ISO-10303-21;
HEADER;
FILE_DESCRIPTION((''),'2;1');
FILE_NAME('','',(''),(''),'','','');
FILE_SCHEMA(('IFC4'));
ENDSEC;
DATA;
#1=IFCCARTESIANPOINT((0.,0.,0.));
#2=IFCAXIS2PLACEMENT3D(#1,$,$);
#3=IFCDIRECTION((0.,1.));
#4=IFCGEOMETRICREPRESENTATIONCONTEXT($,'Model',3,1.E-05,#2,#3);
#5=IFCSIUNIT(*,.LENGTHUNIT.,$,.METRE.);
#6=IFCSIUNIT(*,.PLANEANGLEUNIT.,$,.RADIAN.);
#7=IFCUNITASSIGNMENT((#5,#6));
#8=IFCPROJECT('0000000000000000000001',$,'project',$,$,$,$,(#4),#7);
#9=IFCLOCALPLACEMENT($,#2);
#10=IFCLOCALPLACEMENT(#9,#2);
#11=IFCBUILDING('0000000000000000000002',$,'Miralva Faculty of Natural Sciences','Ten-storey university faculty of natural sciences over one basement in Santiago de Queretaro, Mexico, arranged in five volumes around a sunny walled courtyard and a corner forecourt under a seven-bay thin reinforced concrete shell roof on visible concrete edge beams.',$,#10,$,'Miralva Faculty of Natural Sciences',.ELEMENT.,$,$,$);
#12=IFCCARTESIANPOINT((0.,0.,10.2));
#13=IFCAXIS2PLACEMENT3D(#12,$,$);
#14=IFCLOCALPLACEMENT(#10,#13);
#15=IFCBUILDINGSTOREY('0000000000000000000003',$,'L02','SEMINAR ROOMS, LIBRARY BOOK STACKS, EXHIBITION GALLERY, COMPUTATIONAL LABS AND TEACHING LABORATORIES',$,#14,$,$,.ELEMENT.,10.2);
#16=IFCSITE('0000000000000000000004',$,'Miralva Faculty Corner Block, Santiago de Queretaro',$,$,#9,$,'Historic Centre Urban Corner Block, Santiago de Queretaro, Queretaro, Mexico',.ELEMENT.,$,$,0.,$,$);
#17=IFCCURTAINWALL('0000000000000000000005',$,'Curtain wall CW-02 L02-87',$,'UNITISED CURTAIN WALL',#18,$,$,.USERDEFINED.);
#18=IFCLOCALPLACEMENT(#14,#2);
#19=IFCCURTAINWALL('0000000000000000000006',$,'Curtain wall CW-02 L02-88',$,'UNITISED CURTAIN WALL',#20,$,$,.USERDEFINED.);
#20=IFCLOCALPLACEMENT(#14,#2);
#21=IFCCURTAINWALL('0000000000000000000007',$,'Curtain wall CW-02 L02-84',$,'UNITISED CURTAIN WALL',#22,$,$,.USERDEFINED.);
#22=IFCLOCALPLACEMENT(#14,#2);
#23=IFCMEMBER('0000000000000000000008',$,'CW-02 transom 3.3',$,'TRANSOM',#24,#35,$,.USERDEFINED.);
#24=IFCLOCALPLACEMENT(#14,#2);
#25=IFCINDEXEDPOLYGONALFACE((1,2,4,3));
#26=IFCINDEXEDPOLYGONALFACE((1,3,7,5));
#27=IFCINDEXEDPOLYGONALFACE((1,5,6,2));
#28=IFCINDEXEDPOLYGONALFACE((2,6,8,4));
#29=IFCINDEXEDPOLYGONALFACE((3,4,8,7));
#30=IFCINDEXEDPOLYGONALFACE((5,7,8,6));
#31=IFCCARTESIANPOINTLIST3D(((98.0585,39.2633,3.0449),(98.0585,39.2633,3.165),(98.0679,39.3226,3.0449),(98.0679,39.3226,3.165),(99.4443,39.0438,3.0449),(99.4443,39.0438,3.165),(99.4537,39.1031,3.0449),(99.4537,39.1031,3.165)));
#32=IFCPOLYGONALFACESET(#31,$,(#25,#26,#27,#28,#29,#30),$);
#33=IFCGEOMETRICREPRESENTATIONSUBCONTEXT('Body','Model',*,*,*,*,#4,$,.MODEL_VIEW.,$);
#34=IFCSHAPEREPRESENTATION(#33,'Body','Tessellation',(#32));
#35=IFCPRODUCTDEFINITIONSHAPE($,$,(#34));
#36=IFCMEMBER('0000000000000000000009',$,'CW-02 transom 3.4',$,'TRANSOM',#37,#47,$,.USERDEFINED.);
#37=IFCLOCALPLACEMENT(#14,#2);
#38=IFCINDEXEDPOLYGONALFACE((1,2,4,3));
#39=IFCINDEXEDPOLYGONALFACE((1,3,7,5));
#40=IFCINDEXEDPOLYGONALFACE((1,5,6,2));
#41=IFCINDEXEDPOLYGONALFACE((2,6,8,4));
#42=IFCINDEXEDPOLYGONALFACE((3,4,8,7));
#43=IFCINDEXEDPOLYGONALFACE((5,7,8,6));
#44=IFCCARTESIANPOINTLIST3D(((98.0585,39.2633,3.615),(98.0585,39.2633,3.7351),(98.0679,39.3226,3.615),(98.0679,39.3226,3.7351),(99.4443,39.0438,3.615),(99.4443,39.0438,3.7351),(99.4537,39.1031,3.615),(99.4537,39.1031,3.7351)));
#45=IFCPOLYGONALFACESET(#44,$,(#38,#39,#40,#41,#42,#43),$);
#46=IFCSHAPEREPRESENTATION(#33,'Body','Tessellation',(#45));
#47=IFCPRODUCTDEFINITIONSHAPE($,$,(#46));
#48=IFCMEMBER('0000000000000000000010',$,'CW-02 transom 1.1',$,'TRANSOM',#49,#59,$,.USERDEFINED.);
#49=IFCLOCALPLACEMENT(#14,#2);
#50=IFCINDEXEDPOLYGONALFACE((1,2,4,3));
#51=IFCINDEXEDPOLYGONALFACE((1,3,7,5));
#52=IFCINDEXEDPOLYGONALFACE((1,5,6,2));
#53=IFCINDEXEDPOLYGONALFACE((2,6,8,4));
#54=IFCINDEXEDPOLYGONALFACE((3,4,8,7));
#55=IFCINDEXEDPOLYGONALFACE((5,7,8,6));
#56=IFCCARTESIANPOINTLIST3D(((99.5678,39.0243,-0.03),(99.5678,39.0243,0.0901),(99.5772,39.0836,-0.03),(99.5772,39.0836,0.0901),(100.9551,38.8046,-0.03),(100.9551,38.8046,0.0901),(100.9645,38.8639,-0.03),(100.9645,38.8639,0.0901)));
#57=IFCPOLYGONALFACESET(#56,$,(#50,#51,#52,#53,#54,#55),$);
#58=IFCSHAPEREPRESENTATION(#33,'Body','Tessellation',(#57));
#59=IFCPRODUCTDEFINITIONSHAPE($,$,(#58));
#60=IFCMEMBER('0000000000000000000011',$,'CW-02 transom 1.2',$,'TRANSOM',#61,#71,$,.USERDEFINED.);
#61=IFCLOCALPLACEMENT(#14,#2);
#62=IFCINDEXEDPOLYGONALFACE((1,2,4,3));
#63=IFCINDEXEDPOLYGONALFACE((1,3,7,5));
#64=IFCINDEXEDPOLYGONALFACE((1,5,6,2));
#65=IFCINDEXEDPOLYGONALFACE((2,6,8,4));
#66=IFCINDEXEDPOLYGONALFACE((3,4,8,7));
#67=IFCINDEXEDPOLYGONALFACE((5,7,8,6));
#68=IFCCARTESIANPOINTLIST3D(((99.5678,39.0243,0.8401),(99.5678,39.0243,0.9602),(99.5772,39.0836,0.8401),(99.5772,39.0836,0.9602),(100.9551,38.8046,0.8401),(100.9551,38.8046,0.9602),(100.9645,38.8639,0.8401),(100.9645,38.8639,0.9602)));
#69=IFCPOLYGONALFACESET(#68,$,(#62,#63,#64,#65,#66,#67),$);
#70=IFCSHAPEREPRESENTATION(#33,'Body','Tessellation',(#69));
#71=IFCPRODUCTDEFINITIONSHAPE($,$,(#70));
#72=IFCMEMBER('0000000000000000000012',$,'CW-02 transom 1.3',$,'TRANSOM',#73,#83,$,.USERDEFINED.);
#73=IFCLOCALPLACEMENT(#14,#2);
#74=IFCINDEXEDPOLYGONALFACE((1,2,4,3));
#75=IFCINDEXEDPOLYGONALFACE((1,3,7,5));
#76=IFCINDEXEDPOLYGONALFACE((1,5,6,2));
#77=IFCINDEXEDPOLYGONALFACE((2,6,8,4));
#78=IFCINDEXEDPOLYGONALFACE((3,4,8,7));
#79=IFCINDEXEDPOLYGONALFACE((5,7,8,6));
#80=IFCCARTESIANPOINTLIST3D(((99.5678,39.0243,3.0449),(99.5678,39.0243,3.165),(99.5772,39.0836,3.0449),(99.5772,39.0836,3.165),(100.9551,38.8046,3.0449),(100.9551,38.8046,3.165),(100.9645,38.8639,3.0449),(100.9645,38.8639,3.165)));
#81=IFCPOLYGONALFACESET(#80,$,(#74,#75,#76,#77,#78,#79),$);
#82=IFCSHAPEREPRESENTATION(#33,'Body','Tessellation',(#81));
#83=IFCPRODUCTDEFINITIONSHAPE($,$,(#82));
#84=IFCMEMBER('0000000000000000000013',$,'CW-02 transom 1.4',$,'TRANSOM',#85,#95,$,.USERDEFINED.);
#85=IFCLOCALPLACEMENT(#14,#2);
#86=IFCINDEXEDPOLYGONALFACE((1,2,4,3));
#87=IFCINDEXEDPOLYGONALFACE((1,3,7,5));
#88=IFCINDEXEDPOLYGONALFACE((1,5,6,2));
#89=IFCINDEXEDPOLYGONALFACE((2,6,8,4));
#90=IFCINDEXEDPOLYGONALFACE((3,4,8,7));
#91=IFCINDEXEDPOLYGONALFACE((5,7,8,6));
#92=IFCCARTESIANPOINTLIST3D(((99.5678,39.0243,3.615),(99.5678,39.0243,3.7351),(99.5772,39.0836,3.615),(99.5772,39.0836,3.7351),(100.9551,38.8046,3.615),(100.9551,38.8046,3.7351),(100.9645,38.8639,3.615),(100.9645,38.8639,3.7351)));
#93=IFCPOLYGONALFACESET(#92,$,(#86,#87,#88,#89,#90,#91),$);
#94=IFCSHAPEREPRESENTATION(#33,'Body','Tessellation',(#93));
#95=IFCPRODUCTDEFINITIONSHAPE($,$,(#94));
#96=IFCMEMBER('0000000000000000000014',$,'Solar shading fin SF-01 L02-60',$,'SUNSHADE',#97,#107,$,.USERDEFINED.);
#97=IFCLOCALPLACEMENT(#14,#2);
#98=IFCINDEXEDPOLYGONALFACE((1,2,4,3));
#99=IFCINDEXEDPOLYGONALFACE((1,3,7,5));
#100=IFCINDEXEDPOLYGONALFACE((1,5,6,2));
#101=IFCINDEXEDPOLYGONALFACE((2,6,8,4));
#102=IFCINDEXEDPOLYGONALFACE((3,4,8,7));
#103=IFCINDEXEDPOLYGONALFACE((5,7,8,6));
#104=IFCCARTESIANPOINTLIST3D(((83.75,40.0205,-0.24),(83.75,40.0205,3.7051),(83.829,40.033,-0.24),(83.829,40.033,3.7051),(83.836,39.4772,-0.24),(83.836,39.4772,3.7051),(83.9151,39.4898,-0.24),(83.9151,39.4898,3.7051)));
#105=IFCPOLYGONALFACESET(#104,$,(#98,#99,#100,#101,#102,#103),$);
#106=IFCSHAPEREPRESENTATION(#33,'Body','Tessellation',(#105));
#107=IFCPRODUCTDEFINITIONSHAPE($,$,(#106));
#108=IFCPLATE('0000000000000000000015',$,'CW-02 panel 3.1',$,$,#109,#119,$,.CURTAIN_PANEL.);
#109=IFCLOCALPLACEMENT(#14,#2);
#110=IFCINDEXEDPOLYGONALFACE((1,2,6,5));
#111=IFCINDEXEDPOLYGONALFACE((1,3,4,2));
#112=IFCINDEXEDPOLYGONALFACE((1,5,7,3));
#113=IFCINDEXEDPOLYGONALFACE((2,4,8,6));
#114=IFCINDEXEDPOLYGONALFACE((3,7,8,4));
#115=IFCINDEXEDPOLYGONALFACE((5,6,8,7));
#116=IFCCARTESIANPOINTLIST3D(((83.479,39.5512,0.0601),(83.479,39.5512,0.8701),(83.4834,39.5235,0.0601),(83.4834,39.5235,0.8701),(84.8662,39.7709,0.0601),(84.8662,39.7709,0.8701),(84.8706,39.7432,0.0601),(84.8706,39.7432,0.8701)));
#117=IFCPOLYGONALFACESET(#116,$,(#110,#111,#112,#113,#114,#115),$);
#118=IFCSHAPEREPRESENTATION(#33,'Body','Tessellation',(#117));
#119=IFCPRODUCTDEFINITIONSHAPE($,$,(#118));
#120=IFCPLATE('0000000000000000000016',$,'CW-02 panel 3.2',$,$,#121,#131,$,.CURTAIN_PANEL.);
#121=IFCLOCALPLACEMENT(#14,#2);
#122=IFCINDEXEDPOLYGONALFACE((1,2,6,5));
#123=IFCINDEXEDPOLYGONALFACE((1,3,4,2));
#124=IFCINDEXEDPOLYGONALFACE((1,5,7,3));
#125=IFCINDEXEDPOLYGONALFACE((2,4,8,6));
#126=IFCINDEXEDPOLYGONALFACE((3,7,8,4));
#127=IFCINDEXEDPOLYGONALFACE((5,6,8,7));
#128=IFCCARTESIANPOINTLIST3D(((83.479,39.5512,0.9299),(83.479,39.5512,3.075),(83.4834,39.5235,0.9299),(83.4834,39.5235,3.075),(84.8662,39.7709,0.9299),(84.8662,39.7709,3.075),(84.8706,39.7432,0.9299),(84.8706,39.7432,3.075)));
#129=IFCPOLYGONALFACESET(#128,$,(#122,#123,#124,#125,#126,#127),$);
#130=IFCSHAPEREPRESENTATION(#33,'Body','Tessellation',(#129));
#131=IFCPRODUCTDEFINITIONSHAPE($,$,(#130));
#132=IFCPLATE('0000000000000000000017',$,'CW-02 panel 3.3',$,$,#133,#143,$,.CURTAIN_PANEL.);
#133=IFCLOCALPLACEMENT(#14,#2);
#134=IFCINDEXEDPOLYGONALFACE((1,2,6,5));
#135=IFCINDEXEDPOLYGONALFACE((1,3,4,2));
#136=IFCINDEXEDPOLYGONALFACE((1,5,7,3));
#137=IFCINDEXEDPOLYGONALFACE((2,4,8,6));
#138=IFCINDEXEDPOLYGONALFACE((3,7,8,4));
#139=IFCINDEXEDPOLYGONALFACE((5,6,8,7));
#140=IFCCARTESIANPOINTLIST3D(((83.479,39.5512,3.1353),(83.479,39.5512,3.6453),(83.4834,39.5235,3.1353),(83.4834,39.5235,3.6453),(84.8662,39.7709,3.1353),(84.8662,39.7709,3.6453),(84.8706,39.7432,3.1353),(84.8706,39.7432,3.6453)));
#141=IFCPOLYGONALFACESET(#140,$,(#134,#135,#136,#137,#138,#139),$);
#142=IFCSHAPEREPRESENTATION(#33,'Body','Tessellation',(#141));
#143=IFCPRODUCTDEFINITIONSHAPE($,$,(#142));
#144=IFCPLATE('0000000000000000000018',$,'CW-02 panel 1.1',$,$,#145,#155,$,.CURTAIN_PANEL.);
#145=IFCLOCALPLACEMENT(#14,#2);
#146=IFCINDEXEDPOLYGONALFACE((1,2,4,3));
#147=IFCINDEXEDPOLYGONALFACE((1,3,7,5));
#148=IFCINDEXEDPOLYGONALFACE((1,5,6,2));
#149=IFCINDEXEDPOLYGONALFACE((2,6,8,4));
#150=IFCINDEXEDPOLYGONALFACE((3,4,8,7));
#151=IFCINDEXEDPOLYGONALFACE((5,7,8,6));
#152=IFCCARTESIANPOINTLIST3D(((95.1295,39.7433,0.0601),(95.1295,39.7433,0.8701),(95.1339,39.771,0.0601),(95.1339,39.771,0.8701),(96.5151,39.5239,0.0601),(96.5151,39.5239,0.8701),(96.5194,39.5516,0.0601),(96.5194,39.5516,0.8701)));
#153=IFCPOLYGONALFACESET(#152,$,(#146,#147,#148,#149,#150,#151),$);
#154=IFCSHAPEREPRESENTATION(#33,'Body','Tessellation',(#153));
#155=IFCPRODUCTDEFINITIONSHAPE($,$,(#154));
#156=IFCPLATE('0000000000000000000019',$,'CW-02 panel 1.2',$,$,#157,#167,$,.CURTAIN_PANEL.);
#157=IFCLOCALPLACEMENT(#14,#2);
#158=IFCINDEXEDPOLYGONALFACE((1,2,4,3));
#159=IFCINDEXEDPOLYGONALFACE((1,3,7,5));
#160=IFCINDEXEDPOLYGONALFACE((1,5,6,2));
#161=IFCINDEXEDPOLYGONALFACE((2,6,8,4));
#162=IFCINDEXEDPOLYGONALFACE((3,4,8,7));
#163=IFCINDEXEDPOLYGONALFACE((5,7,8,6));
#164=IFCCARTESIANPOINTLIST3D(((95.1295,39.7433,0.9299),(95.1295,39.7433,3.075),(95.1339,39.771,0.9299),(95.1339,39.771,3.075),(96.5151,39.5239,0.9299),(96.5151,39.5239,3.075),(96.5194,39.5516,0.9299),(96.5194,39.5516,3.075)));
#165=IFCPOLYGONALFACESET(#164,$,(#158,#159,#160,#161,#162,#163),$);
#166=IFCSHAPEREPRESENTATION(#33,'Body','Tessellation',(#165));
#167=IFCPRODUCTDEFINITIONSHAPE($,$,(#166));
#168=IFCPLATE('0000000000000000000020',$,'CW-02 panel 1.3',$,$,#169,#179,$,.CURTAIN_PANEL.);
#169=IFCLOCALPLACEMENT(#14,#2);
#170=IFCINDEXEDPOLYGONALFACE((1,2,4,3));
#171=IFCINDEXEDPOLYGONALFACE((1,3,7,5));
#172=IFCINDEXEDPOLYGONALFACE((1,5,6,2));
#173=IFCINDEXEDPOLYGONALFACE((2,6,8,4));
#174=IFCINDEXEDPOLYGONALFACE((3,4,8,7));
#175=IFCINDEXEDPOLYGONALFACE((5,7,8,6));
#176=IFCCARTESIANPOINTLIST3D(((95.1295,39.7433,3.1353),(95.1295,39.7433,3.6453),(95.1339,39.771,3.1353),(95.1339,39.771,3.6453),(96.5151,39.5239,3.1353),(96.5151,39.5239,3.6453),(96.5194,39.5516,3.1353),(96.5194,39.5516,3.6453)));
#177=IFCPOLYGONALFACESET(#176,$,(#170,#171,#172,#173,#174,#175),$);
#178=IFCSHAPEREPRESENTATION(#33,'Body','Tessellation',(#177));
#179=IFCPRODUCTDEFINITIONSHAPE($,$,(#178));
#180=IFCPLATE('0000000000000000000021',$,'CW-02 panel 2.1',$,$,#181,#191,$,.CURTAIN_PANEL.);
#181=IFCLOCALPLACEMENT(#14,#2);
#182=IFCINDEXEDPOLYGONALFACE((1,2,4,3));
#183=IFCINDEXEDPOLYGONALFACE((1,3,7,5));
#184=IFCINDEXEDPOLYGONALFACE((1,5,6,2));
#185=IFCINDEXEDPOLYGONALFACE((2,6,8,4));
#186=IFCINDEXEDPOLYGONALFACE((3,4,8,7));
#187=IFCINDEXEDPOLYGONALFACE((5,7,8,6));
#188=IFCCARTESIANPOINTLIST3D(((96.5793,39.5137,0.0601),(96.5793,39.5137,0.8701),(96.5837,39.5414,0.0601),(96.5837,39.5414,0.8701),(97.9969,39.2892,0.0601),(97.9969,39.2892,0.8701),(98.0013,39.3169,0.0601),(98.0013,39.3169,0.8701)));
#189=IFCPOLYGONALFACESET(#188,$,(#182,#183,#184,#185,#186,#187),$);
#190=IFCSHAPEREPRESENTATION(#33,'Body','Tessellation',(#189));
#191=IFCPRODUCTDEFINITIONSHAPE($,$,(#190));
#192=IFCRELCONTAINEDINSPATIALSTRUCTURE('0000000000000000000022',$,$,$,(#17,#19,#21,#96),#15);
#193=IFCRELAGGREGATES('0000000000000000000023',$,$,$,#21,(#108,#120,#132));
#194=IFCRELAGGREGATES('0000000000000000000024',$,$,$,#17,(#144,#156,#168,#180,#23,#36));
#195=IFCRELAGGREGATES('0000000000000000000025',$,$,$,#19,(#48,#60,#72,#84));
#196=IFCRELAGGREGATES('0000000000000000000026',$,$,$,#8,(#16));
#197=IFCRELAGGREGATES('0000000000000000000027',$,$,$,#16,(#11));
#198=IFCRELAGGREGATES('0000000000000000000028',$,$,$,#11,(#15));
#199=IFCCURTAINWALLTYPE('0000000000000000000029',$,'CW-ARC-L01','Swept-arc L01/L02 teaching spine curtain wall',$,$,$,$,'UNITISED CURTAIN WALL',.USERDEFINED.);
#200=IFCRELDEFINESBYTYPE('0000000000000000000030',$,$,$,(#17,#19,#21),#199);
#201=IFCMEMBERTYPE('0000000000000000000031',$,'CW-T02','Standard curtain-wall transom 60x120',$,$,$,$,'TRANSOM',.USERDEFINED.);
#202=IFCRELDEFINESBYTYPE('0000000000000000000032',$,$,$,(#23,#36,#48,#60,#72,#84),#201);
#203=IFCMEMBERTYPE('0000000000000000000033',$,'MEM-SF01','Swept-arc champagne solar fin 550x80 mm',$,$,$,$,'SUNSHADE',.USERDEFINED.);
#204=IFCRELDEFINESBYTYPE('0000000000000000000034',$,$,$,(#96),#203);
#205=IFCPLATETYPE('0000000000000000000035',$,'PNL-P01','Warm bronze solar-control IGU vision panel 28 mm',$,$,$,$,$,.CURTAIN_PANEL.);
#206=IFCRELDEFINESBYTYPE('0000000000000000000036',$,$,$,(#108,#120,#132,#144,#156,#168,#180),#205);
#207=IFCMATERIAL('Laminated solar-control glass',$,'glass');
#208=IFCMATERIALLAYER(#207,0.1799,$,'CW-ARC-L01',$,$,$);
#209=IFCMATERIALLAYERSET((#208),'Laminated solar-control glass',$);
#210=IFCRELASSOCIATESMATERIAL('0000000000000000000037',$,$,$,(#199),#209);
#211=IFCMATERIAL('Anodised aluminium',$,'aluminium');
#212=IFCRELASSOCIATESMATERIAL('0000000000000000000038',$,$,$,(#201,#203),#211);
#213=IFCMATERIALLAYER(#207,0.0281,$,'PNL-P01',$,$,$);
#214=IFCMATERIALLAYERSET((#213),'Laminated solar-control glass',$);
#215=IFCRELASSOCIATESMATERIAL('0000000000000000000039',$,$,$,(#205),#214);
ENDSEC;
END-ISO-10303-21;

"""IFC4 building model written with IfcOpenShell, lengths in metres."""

from ifc_helpers import new_model, si_unit, direction, frame, origin, origin_2d, place, context, subcontext, project, spatial, rectangle, extrude, material, layer, layer_set, material_profile, profile_set, type_object, element, aggregate, save


model = new_model("IFC4")

# Units and contexts
model_context = context("Model", 3, precision=1e-05, world=origin(), true_north=direction((0.0, 1.0)))
body_context = subcontext(model_context, "Body", "Model", "MODEL_VIEW")
ifc_project = project(units=[si_unit("LENGTHUNIT", "METRE"), si_unit("PLANEANGLEUNIT", "RADIAN")], contexts=[model_context])

# Site, building, storey
site_placement = place(None, origin())
site = spatial("IfcSite", under=ifc_project, at=site_placement, Name="Miralva Faculty Corner Block, Santiago de Queretaro", LongName="Historic Centre Urban Corner Block, Santiago de Queretaro, Queretaro, Mexico", CompositionType="ELEMENT", RefElevation=0.0)
building_placement = place(site_placement, origin())
building = spatial("IfcBuilding", under=site, at=building_placement, Name="Miralva Faculty of Natural Sciences", Description="Ten-storey university faculty of natural sciences over one basement in Santiago de Queretaro, Mexico, arranged in five volumes around a sunny walled courtyard and a corner forecourt under a seven-bay thin reinforced concrete shell roof on visible concrete edge beams.", LongName="Miralva Faculty of Natural Sciences", CompositionType="ELEMENT")
storey_placement = place(building_placement, frame((0.0, 0.0, 10.2)))
storey = spatial("IfcBuildingStorey", under=building, at=storey_placement, Name="L02", Description="SEMINAR ROOMS, LIBRARY BOOK STACKS, EXHIBITION GALLERY, COMPUTATIONAL LABS AND TEACHING LABORATORIES", CompositionType="ELEMENT", Elevation=10.2)

# Curtain wall
ifc_material_1 = material(Name="Laminated solar-control glass", Category="glass")
ifc_layer_1 = layer(ifc_material_1, 0.1799, Name="CW-ARC-L01")
ifc_layer_set_1 = layer_set([ifc_layer_1], Name="Laminated solar-control glass")
curtain_wall_type = type_object("IfcCurtainWallType", Name="CW-ARC-L01", Description="Swept-arc L01/L02 teaching spine curtain wall", ElementType="UNITISED CURTAIN WALL", PredefinedType="USERDEFINED", material=ifc_layer_set_1)
curtain_wall_1_placement = place(storey_placement, origin())
curtain_wall_1 = element("IfcCurtainWall", 1, at=curtain_wall_1_placement, inside=storey, type_object=curtain_wall_type, Name="Curtain wall CW-02 L02-87", ObjectType="UNITISED CURTAIN WALL", PredefinedType="USERDEFINED")
ifc_material_2 = material(Name="Anodised aluminium", Category="aluminium")

# Curtain walls
curtain_wall_2_placement = place(storey_placement, origin())
curtain_wall_2 = element("IfcCurtainWall", 2, at=curtain_wall_2_placement, inside=storey, type_object=curtain_wall_type, Name="Curtain wall CW-02 L02-88", ObjectType="UNITISED CURTAIN WALL", PredefinedType="USERDEFINED")
curtain_wall_3_placement = place(storey_placement, origin())
curtain_wall_3 = element("IfcCurtainWall", 3, at=curtain_wall_3_placement, inside=storey, type_object=curtain_wall_type, Name="Curtain wall CW-02 L02-84", ObjectType="UNITISED CURTAIN WALL", PredefinedType="USERDEFINED")
ifc_material_profile_1 = material_profile(ifc_material_2, rectangle(XDim=0.0601, YDim=0.1201, at=origin_2d()), Name="TRANSOM 60x120")
ifc_profile_set_1 = profile_set([ifc_material_profile_1], Name="Anodised aluminium")
member_type_1 = type_object("IfcMemberType", Name="CW-T02", Description="Standard curtain-wall transom 60x120", ElementType="TRANSOM", PredefinedType="USERDEFINED", material=ifc_profile_set_1)

# Members
member_1_placement = place(storey_placement, frame((98.0632, 39.293, 3.105), z_axis=(0.987688, -0.156436, 0.0), x_axis=(0.156436, 0.987688, 0.0)))
member_1 = element("IfcMember", 4, at=member_1_placement, type_object=member_type_1, Name="CW-02 transom 3.3", ObjectType="TRANSOM", PredefinedType="USERDEFINED", context=body_context, shape_type="SweptSolid", body=[
    extrude(rectangle(XDim=0.0601, YDim=0.1201, at=origin_2d()), origin(), (0.0, 0.0, 1.0), 1.4031),
])
member_2_placement = place(storey_placement, frame((98.0632, 39.293, 3.675), z_axis=(0.987688, -0.156436, 0.0), x_axis=(0.156436, 0.987688, 0.0)))
member_2 = element("IfcMember", 5, at=member_2_placement, type_object=member_type_1, Name="CW-02 transom 3.4", ObjectType="TRANSOM", PredefinedType="USERDEFINED", context=body_context, shape_type="SweptSolid", body=[
    extrude(rectangle(XDim=0.0601, YDim=0.1201, at=origin_2d()), origin(), (0.0, 0.0, 1.0), 1.4031),
])
member_3_placement = place(storey_placement, frame((99.5725, 39.054, 0.03), z_axis=(0.987687, -0.156445, 0.0), x_axis=(0.156445, 0.987687, 0.0)))
member_3 = element("IfcMember", 6, at=member_3_placement, type_object=member_type_1, Name="CW-02 transom 1.1", ObjectType="TRANSOM", PredefinedType="USERDEFINED", context=body_context, shape_type="SweptSolid", body=[
    extrude(rectangle(XDim=0.0601, YDim=0.1201, at=origin_2d()), origin(), (0.0, 0.0, 1.0), 1.4045),
])
member_4_placement = place(storey_placement, frame((99.5725, 39.054, 0.9001), z_axis=(0.987687, -0.156445, 0.0), x_axis=(0.156445, 0.987687, 0.0)))
member_4 = element("IfcMember", 7, at=member_4_placement, type_object=member_type_1, Name="CW-02 transom 1.2", ObjectType="TRANSOM", PredefinedType="USERDEFINED", context=body_context, shape_type="SweptSolid", body=[
    extrude(rectangle(XDim=0.0601, YDim=0.1201, at=origin_2d()), origin(), (0.0, 0.0, 1.0), 1.4045),
])
member_5_placement = place(storey_placement, frame((99.5725, 39.054, 3.105), z_axis=(0.987687, -0.156445, 0.0), x_axis=(0.156445, 0.987687, 0.0)))
member_5 = element("IfcMember", 8, at=member_5_placement, type_object=member_type_1, Name="CW-02 transom 1.3", ObjectType="TRANSOM", PredefinedType="USERDEFINED", context=body_context, shape_type="SweptSolid", body=[
    extrude(rectangle(XDim=0.0601, YDim=0.1201, at=origin_2d()), origin(), (0.0, 0.0, 1.0), 1.4045),
])
member_6_placement = place(storey_placement, frame((99.5725, 39.054, 3.675), z_axis=(0.987687, -0.156445, 0.0), x_axis=(0.156445, 0.987687, 0.0)))
member_6 = element("IfcMember", 9, at=member_6_placement, type_object=member_type_1, Name="CW-02 transom 1.4", ObjectType="TRANSOM", PredefinedType="USERDEFINED", context=body_context, shape_type="SweptSolid", body=[
    extrude(rectangle(XDim=0.0601, YDim=0.1201, at=origin_2d()), origin(), (0.0, 0.0, 1.0), 1.4045),
])
ifc_material_profile_2 = material_profile(ifc_material_2, rectangle(XDim=0.0801, YDim=0.55, at=origin_2d()), Name="FIN 550x80")
ifc_profile_set_2 = profile_set([ifc_material_profile_2], Name="Anodised aluminium")
member_type_2 = type_object("IfcMemberType", Name="MEM-SF01", Description="Swept-arc champagne solar fin 550x80 mm", ElementType="SUNSHADE", PredefinedType="USERDEFINED", material=ifc_profile_set_2)
member_7_placement = place(storey_placement, frame((83.8325, 39.7551, -0.24), z_axis=(0.0, 0.0, 1.0), x_axis=(-0.987688, -0.156434, 0.0)))
element("IfcMember", 10, at=member_7_placement, inside=storey, type_object=member_type_2, Name="Solar shading fin SF-01 L02-60", ObjectType="SUNSHADE", PredefinedType="USERDEFINED", context=body_context, shape_type="SweptSolid", body=[
    extrude(rectangle(XDim=0.0801, YDim=0.55, at=origin_2d()), origin(), (0.0, 0.0, 1.0), 3.9451),
])

# Plates
ifc_layer_2 = layer(ifc_material_1, 0.0281, Name="PNL-P01")
ifc_layer_set_2 = layer_set([ifc_layer_2], Name="Laminated solar-control glass")
plate_type = type_object("IfcPlateType", Name="PNL-P01", Description="Warm bronze solar-control IGU vision panel 28 mm", PredefinedType="CURTAIN_PANEL", material=ifc_layer_set_2)
plate_1_placement = place(storey_placement, frame((84.1748, 39.6472, 0.0601), z_axis=(0.0, 0.0, 1.0), x_axis=(0.987691, 0.156415, 0.0)))
plate_1 = element("IfcPlate", 11, at=plate_1_placement, type_object=plate_type, Name="CW-02 panel 3.1", PredefinedType="CURTAIN_PANEL", context=body_context, shape_type="SweptSolid", body=[
    extrude(rectangle(XDim=1.4045, YDim=0.0281, at=origin_2d()), origin(), (0.0, 0.0, 1.0), 0.8101),
])
plate_2_placement = place(storey_placement, frame((84.1748, 39.6472, 0.9299), z_axis=(0.0, 0.0, 1.0), x_axis=(0.987691, 0.156415, 0.0)))
plate_2 = element("IfcPlate", 12, at=plate_2_placement, type_object=plate_type, Name="CW-02 panel 3.2", PredefinedType="CURTAIN_PANEL", context=body_context, shape_type="SweptSolid", body=[
    extrude(rectangle(XDim=1.4045, YDim=0.0281, at=origin_2d()), origin(), (0.0, 0.0, 1.0), 2.145),
])
plate_3_placement = place(storey_placement, frame((84.1748, 39.6472, 3.1353), z_axis=(0.0, 0.0, 1.0), x_axis=(0.987691, 0.156415, 0.0)))
plate_3 = element("IfcPlate", 13, at=plate_3_placement, type_object=plate_type, Name="CW-02 panel 3.3", PredefinedType="CURTAIN_PANEL", context=body_context, shape_type="SweptSolid", body=[
    extrude(rectangle(XDim=1.4045, YDim=0.0281, at=origin_2d()), origin(), (0.0, 0.0, 1.0), 0.51),
])
aggregate(curtain_wall_3, [plate_1, plate_2, plate_3])
plate_4_placement = place(storey_placement, frame((95.8245, 39.6475, 0.0601), z_axis=(0.0, 0.0, 1.0), x_axis=(0.987692, -0.15641, 0.0)))
plate_4 = element("IfcPlate", 14, at=plate_4_placement, type_object=plate_type, Name="CW-02 panel 1.1", PredefinedType="CURTAIN_PANEL", context=body_context, shape_type="SweptSolid", body=[
    extrude(rectangle(XDim=1.4028, YDim=0.0281, at=origin_2d()), origin(), (0.0, 0.0, 1.0), 0.8101),
])
plate_5_placement = place(storey_placement, frame((95.8245, 39.6475, 0.9299), z_axis=(0.0, 0.0, 1.0), x_axis=(0.987692, -0.15641, 0.0)))
plate_5 = element("IfcPlate", 15, at=plate_5_placement, type_object=plate_type, Name="CW-02 panel 1.2", PredefinedType="CURTAIN_PANEL", context=body_context, shape_type="SweptSolid", body=[
    extrude(rectangle(XDim=1.4028, YDim=0.0281, at=origin_2d()), origin(), (0.0, 0.0, 1.0), 2.145),
])
plate_6_placement = place(storey_placement, frame((95.8245, 39.6475, 3.1353), z_axis=(0.0, 0.0, 1.0), x_axis=(0.987692, -0.15641, 0.0)))
plate_6 = element("IfcPlate", 16, at=plate_6_placement, type_object=plate_type, Name="CW-02 panel 1.3", PredefinedType="CURTAIN_PANEL", context=body_context, shape_type="SweptSolid", body=[
    extrude(rectangle(XDim=1.4028, YDim=0.0281, at=origin_2d()), origin(), (0.0, 0.0, 1.0), 0.51),
])
plate_7_placement = place(storey_placement, frame((97.2903, 39.4153, 0.0601), z_axis=(0.0, 0.0, 1.0), x_axis=(0.987692, -0.15641, 0.0)))
plate_7 = element("IfcPlate", 17, at=plate_7_placement, type_object=plate_type, Name="CW-02 panel 2.1", PredefinedType="CURTAIN_PANEL", context=body_context, shape_type="SweptSolid", body=[
    extrude(rectangle(XDim=1.4353, YDim=0.0281, at=origin_2d()), origin(), (0.0, 0.0, 1.0), 0.8101),
])
aggregate(curtain_wall_1, [plate_4, plate_5, plate_6, plate_7, member_1, member_2])
aggregate(curtain_wall_2, [member_3, member_4, member_5, member_6])

save(model, "model.ifc")
